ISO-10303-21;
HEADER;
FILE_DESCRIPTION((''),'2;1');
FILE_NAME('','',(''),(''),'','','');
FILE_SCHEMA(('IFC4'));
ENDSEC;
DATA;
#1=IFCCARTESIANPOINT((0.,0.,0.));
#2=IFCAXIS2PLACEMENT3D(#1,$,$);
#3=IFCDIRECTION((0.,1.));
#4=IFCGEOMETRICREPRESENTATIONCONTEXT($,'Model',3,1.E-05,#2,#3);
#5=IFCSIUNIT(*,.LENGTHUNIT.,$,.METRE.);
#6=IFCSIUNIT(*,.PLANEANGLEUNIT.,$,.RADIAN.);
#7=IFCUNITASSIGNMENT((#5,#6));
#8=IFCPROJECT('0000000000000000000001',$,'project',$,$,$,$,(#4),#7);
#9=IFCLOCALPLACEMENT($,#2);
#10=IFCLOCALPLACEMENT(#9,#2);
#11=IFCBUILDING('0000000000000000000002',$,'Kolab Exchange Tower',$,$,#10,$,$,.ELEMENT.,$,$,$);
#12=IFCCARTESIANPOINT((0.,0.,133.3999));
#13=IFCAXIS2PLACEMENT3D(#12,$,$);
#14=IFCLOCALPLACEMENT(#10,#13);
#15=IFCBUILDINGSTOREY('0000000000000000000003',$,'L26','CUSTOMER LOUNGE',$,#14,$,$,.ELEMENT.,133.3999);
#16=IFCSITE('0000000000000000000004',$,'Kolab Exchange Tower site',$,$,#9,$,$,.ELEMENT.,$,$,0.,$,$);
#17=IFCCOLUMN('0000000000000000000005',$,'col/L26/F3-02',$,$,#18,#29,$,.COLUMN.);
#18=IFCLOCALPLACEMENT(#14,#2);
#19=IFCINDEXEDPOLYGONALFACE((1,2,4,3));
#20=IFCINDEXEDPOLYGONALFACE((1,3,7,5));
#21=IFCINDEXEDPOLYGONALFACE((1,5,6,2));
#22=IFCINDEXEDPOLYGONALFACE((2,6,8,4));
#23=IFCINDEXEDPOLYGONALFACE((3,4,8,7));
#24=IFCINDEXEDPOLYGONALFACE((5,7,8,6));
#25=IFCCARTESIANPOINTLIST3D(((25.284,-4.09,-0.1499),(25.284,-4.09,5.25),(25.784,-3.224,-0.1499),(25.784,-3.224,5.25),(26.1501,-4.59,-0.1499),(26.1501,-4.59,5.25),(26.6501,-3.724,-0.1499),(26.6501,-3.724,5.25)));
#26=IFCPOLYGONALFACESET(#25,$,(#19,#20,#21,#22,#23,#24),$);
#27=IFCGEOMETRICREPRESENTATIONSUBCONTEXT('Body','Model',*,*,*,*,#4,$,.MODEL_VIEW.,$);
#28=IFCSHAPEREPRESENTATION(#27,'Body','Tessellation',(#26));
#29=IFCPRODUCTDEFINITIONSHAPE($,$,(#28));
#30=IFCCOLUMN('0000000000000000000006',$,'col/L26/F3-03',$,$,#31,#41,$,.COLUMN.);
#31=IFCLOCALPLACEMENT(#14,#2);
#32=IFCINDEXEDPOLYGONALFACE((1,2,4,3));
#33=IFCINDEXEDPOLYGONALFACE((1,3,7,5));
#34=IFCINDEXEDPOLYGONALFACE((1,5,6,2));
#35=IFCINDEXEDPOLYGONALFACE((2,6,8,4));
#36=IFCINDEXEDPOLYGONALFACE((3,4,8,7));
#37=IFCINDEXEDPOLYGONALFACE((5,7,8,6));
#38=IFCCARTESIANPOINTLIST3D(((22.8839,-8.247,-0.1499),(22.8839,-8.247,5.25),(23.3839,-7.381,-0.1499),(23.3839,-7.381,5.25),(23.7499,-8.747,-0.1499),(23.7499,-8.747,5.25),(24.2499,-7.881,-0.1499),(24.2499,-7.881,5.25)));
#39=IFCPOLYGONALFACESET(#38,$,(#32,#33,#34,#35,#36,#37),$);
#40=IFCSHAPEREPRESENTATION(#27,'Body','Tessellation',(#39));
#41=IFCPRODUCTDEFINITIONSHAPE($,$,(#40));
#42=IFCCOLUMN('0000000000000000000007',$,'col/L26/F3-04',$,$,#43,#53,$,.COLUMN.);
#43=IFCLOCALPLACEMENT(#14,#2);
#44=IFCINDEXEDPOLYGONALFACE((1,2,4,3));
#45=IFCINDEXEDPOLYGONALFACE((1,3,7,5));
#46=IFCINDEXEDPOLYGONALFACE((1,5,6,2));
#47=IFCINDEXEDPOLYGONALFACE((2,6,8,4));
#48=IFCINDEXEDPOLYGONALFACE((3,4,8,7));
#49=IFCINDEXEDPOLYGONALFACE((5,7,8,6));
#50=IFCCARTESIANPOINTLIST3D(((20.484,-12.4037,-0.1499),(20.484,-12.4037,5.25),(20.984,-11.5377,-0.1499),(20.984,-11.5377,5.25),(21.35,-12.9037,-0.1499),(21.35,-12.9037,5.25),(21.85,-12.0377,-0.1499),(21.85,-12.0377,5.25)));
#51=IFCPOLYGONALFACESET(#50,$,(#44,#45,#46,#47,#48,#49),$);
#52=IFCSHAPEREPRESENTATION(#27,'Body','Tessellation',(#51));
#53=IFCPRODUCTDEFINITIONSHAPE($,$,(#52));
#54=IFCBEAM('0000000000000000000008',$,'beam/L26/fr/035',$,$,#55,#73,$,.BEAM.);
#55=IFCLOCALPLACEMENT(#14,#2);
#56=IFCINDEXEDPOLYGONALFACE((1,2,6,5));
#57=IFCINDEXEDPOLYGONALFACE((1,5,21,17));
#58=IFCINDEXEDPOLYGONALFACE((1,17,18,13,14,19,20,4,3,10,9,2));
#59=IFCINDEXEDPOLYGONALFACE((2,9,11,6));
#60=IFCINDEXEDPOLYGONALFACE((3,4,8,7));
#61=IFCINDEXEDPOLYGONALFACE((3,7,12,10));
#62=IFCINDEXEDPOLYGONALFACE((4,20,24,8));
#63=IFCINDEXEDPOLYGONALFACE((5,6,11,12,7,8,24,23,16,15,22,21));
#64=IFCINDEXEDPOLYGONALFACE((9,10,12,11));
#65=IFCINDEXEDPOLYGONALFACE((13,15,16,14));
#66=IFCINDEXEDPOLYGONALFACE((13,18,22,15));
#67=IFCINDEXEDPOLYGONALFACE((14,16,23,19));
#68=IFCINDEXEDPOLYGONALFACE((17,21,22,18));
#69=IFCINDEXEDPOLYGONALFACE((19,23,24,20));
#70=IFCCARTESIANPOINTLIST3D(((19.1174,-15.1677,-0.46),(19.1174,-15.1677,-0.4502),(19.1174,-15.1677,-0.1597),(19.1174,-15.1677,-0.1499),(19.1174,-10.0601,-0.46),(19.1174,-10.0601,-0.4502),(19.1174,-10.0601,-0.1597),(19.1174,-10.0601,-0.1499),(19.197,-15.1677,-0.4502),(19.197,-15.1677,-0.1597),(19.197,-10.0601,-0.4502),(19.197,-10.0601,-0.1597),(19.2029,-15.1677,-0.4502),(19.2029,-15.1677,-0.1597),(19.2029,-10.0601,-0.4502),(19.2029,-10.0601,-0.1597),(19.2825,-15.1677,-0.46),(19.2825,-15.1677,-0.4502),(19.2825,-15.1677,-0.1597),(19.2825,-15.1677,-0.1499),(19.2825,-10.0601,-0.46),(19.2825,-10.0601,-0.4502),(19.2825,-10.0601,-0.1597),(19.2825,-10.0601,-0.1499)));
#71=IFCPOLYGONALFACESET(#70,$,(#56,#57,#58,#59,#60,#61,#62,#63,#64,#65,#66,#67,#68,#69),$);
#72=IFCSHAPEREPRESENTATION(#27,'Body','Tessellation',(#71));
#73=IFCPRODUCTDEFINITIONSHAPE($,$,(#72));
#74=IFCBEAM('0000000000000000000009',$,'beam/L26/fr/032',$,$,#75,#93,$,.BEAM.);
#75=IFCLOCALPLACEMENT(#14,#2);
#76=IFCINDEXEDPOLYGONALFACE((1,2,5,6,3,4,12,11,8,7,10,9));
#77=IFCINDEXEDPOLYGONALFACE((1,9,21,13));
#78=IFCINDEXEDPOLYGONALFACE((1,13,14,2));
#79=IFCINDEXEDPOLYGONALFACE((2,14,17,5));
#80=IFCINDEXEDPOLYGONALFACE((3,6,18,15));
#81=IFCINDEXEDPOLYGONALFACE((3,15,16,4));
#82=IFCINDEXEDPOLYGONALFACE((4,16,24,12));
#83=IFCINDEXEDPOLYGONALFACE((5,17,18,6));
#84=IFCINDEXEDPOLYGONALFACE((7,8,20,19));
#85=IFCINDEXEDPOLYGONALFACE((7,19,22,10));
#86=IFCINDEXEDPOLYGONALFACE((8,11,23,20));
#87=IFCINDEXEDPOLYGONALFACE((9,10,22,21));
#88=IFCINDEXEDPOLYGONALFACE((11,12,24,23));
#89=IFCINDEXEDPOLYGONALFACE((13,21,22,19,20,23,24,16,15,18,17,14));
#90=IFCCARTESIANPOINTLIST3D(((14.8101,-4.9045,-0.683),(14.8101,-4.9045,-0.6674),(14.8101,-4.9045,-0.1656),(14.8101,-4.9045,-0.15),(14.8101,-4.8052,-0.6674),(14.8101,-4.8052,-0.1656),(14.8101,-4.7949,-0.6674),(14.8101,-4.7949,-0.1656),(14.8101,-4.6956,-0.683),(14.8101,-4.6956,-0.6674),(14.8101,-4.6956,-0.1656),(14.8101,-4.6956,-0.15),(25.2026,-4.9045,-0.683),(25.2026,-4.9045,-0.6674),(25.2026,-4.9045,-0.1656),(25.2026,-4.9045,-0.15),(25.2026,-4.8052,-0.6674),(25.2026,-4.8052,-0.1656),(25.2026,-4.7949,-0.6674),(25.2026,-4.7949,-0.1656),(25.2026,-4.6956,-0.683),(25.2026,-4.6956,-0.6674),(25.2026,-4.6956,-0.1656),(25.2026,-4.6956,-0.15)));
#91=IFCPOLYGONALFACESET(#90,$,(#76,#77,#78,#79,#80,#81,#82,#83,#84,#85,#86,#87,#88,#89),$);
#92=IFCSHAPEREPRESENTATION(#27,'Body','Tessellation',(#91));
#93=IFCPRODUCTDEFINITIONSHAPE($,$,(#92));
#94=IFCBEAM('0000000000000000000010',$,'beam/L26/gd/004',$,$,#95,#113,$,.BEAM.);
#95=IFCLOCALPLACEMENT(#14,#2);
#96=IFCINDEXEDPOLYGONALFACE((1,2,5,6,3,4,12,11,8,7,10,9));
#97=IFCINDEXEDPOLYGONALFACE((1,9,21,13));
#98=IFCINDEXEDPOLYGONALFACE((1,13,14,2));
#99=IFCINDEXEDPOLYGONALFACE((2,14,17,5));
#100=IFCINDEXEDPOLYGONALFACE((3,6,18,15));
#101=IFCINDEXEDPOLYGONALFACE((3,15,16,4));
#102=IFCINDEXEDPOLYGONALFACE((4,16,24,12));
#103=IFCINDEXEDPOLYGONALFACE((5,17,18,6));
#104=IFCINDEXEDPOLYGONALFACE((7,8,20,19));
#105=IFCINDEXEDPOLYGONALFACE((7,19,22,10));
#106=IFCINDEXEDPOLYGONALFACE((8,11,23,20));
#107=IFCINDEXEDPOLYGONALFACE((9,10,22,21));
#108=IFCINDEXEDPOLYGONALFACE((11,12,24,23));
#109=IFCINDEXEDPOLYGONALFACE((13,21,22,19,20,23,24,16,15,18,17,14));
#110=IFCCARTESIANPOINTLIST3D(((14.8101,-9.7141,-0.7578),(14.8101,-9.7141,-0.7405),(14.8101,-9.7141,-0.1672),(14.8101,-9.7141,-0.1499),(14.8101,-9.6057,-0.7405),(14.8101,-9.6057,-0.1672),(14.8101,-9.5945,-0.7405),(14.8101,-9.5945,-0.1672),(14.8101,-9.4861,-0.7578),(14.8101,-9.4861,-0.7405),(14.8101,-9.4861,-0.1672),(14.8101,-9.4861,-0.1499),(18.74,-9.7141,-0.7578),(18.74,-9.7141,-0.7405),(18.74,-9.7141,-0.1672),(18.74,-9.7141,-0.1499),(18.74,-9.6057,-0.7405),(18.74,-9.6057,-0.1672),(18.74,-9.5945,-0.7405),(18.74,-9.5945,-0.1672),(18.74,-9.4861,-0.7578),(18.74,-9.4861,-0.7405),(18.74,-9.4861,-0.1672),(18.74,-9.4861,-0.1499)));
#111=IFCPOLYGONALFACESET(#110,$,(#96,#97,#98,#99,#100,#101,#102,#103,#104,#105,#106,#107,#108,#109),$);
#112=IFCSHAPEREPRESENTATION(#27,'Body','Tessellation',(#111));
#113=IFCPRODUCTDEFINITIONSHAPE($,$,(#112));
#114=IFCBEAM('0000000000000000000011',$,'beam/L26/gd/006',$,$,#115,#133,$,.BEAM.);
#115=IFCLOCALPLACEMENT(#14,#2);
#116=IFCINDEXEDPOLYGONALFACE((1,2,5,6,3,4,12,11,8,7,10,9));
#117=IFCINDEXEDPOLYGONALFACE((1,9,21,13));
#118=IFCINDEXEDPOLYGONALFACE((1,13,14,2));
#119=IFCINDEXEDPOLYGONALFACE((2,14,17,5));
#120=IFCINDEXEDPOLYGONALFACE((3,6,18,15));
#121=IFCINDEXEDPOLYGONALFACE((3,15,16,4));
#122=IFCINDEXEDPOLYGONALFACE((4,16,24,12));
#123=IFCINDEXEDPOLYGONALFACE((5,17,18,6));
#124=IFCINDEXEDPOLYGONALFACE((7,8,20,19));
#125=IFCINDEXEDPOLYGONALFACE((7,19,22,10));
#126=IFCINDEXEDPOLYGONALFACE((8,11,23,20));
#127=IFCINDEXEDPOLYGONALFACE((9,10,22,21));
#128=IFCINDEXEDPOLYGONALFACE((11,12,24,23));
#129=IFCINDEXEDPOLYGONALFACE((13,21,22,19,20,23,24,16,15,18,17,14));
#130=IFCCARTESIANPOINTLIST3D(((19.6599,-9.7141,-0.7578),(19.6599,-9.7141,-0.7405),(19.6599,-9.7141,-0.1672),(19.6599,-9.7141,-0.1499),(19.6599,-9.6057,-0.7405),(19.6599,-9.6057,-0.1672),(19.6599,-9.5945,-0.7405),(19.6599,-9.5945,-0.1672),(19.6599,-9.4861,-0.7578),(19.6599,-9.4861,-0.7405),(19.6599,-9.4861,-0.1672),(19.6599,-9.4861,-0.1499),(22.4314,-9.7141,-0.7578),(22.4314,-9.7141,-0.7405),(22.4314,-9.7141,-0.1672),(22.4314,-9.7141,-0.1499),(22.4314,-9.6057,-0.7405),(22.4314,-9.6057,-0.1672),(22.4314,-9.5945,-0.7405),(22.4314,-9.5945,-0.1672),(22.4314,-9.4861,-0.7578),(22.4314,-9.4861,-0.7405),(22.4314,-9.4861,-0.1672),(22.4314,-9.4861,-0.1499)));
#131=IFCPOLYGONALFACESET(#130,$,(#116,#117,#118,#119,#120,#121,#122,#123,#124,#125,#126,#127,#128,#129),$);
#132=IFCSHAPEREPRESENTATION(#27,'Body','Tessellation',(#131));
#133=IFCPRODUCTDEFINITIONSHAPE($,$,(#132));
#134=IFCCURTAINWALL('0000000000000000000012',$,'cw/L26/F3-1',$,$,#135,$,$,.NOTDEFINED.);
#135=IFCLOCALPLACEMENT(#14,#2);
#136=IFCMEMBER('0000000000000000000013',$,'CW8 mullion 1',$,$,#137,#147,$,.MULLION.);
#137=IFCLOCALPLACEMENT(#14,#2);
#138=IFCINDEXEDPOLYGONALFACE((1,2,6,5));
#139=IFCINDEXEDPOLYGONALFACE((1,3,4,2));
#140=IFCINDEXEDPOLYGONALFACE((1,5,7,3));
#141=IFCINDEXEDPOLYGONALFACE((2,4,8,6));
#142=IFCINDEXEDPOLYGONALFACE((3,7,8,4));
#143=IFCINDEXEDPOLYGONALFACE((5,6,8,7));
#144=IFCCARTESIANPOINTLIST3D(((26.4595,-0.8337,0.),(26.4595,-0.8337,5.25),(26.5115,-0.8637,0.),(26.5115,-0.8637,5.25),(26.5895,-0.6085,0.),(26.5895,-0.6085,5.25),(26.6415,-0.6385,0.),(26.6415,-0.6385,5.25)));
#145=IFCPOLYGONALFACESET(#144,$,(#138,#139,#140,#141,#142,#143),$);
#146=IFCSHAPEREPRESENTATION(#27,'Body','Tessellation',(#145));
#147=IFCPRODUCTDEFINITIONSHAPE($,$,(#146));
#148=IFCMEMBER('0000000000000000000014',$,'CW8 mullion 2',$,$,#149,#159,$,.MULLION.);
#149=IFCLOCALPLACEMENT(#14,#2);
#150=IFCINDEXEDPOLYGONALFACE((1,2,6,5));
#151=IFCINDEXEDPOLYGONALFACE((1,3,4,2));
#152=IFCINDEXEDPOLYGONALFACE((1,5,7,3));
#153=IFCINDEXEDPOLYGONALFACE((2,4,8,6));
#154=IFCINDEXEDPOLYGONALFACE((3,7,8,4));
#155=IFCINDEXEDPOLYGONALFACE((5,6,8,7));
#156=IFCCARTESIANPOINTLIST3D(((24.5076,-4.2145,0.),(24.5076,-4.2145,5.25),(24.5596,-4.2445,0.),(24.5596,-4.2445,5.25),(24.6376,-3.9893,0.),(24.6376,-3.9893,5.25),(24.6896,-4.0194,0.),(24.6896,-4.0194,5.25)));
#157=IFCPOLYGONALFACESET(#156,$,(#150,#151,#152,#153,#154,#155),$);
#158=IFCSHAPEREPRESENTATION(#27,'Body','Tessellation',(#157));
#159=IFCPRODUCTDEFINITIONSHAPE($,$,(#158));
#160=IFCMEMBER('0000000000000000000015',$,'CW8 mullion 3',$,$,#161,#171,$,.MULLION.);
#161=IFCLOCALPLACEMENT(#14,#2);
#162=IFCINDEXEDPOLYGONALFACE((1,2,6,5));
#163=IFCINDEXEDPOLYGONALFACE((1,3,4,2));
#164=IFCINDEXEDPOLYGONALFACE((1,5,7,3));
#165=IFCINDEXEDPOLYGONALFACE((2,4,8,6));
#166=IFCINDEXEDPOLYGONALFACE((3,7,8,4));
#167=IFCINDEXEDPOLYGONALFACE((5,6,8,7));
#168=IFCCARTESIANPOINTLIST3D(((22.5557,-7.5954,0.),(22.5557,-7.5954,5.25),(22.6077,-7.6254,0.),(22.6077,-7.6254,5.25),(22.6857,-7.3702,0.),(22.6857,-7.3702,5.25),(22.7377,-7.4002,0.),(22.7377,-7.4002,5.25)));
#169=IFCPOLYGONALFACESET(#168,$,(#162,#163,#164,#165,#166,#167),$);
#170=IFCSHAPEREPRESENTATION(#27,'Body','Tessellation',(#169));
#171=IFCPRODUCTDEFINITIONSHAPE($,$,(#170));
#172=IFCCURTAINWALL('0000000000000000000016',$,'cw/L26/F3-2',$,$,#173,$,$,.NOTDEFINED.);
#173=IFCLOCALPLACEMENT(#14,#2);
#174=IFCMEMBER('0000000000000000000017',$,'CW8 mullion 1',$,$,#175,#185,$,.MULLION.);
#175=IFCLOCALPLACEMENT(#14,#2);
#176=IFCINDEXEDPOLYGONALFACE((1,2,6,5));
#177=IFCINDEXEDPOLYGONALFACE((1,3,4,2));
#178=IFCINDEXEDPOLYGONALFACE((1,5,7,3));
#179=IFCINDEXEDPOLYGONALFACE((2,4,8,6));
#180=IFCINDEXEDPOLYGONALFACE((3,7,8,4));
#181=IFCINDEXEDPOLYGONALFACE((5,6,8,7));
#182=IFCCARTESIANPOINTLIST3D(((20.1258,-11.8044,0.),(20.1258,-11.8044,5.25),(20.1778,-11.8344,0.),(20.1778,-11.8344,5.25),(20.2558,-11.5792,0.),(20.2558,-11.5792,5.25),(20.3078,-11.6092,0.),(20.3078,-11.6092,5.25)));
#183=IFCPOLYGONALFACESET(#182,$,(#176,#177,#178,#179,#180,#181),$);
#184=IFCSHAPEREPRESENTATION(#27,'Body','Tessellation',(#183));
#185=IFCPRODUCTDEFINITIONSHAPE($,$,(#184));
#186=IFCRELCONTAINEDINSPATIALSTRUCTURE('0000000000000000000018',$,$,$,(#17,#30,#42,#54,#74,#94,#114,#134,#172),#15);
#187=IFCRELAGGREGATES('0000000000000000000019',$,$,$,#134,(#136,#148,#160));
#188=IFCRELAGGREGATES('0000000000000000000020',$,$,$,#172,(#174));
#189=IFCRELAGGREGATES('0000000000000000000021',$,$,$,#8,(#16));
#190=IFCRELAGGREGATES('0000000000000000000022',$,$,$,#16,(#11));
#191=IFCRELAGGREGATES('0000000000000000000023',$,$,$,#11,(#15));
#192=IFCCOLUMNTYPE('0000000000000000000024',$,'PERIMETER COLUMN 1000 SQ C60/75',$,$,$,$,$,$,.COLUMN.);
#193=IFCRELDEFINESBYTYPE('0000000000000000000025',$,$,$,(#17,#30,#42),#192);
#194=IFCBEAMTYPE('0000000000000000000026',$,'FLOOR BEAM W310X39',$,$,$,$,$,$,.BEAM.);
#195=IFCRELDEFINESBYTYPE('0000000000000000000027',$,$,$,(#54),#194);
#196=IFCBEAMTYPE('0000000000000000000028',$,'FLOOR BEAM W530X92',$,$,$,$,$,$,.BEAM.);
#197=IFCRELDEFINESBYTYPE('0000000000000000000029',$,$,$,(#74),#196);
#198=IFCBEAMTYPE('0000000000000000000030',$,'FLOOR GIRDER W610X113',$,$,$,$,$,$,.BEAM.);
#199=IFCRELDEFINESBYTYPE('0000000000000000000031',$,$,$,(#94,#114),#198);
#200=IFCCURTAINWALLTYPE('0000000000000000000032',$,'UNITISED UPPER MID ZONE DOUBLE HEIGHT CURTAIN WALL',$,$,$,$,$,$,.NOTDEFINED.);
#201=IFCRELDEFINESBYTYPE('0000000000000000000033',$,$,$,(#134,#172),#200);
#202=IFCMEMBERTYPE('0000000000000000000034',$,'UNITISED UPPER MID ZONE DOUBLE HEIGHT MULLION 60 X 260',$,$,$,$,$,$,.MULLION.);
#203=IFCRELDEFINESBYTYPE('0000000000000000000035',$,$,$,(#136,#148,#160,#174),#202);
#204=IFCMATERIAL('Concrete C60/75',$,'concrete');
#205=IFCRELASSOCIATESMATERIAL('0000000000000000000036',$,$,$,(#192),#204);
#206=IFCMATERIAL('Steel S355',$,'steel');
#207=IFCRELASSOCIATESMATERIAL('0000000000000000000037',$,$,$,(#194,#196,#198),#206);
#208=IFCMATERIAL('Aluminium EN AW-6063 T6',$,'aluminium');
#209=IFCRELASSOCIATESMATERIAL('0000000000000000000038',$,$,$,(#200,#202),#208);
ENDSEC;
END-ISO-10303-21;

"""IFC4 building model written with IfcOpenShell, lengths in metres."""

from ifc_helpers import new_model, si_unit, direction, frame, origin, origin_2d, place, context, subcontext, project, spatial, rectangle, i_section, extrude, material, material_profile, profile_set, type_object, element, aggregate, save


model = new_model("IFC4")

# Units and contexts
model_context = context("Model", 3, precision=1e-05, world=origin(), true_north=direction((0.0, 1.0)))
body_context = subcontext(model_context, "Body", "Model", "MODEL_VIEW")
ifc_project = project(units=[si_unit("LENGTHUNIT", "METRE"), si_unit("PLANEANGLEUNIT", "RADIAN")], contexts=[model_context])

# Site, building, storey
site_placement = place(None, origin())
site = spatial("IfcSite", under=ifc_project, at=site_placement, Name="Kolab Exchange Tower site", CompositionType="ELEMENT", RefElevation=0.0)
building_placement = place(site_placement, origin())
building = spatial("IfcBuilding", under=site, at=building_placement, Name="Kolab Exchange Tower", CompositionType="ELEMENT")
storey_placement = place(building_placement, frame((0.0, 0.0, 133.3999)))
storey = spatial("IfcBuildingStorey", under=building, at=storey_placement, Name="L26", Description="CUSTOMER LOUNGE", CompositionType="ELEMENT", Elevation=133.3999)

# Columns
ifc_material_1 = material(Name="Concrete C60/75", Category="concrete")
ifc_material_profile_1 = material_profile(ifc_material_1, rectangle(XDim=1.0, YDim=1.0, at=origin_2d()), Name="RC1000")
ifc_profile_set_1 = profile_set([ifc_material_profile_1], Name="Concrete C60/75")
column_type = type_object("IfcColumnType", Name="PERIMETER COLUMN 1000 SQ C60/75", PredefinedType="COLUMN", material=ifc_profile_set_1)
for number, where, z_axis, x_axis, name in (
    (1, (25.967, -3.907, -0.1499), (0.0, 0.0, 1.0), (0.5, 0.866025, 0.0), "col/L26/F3-02"),
    (2, (23.5669, -8.064, -0.1499), (0.0, 0.0, 1.0), (0.5, 0.866025, 0.0), "col/L26/F3-03"),
    (3, (21.167, -12.2207, -0.1499), (0.0, 0.0, 1.0), (0.5, 0.866025, 0.0), "col/L26/F3-04"),
):
    element("IfcColumn", number, at=place(storey_placement, frame(where, z_axis=z_axis, x_axis=x_axis)), inside=storey, type_object=column_type, Name=name, PredefinedType="COLUMN", context=body_context, shape_type="SweptSolid", body=[
        extrude(rectangle(XDim=1.0, YDim=1.0, at=origin_2d()), origin(), (0.0, 0.0, 1.0), 5.3999),
    ])

# Beams
ifc_material_2 = material(Name="Steel S355", Category="steel")
ifc_material_profile_2 = material_profile(ifc_material_2, i_section(OverallWidth=0.165, OverallDepth=0.3101, WebThickness=0.0059, FlangeThickness=0.0098, at=origin_2d()), Name="W310X39")
ifc_profile_set_2 = profile_set([ifc_material_profile_2], Name="Steel S355")
beam_type_1 = type_object("IfcBeamType", Name="FLOOR BEAM W310X39", PredefinedType="BEAM", material=ifc_profile_set_2)
beam_1_placement = place(storey_placement, frame((19.2, -15.1677, -0.3049), z_axis=(0.0, 1.0, 0.0), x_axis=(-1.0, 0.0, 0.0)))
element("IfcBeam", 4, at=beam_1_placement, inside=storey, type_object=beam_type_1, Name="beam/L26/fr/035", PredefinedType="BEAM", context=body_context, shape_type="SweptSolid", body=[
    extrude(i_section(OverallWidth=0.165, OverallDepth=0.3101, WebThickness=0.0059, FlangeThickness=0.0098, at=origin_2d()), origin(), (0.0, 0.0, 1.0), 5.1077),
])
ifc_material_profile_3 = material_profile(ifc_material_2, i_section(OverallWidth=0.209, OverallDepth=0.533, WebThickness=0.0103, FlangeThickness=0.0156, at=origin_2d()), Name="W530X92")
ifc_profile_set_3 = profile_set([ifc_material_profile_3], Name="Steel S355")
beam_type_2 = type_object("IfcBeamType", Name="FLOOR BEAM W530X92", PredefinedType="BEAM", material=ifc_profile_set_3)
beam_2_placement = place(storey_placement, frame((14.8101, -4.8, -0.4165), z_axis=(1.0, 0.0, 0.0), x_axis=(0.0, 1.0, 0.0)))
element("IfcBeam", 5, at=beam_2_placement, inside=storey, type_object=beam_type_2, Name="beam/L26/fr/032", PredefinedType="BEAM", context=body_context, shape_type="SweptSolid", body=[
    extrude(i_section(OverallWidth=0.209, OverallDepth=0.533, WebThickness=0.0103, FlangeThickness=0.0156, at=origin_2d()), origin(), (0.0, 0.0, 1.0), 10.3926),
])
ifc_material_profile_4 = material_profile(ifc_material_2, i_section(OverallWidth=0.228, OverallDepth=0.6079, WebThickness=0.0112, FlangeThickness=0.0173, at=origin_2d()), Name="W610X113")
ifc_profile_set_4 = profile_set([ifc_material_profile_4], Name="Steel S355")
beam_type_3 = type_object("IfcBeamType", Name="FLOOR GIRDER W610X113", PredefinedType="BEAM", material=ifc_profile_set_4)
beam_3_placement = place(storey_placement, frame((14.8101, -9.6001, -0.4539), z_axis=(1.0, 0.0, 0.0), x_axis=(0.0, 1.0, 0.0)))
element("IfcBeam", 6, at=beam_3_placement, inside=storey, type_object=beam_type_3, Name="beam/L26/gd/004", PredefinedType="BEAM", context=body_context, shape_type="SweptSolid", body=[
    extrude(i_section(OverallWidth=0.228, OverallDepth=0.6079, WebThickness=0.0112, FlangeThickness=0.0173, at=origin_2d()), origin(), (0.0, 0.0, 1.0), 3.9299),
])
beam_4_placement = place(storey_placement, frame((19.6599, -9.6001, -0.4539), z_axis=(1.0, 0.0, 0.0), x_axis=(0.0, 1.0, 0.0)))
element("IfcBeam", 7, at=beam_4_placement, inside=storey, type_object=beam_type_3, Name="beam/L26/gd/006", PredefinedType="BEAM", context=body_context, shape_type="SweptSolid", body=[
    extrude(i_section(OverallWidth=0.228, OverallDepth=0.6079, WebThickness=0.0112, FlangeThickness=0.0173, at=origin_2d()), origin(), (0.0, 0.0, 1.0), 2.7715),
])

# Curtain walls, members
ifc_material_3 = material(Name="Aluminium EN AW-6063 T6", Category="aluminium")
curtain_wall_type = type_object("IfcCurtainWallType", Name="UNITISED UPPER MID ZONE DOUBLE HEIGHT CURTAIN WALL", PredefinedType="NOTDEFINED", material=ifc_material_3)
curtain_wall_1_placement = place(storey_placement, origin())
curtain_wall_1 = element("IfcCurtainWall", 8, at=curtain_wall_1_placement, inside=storey, type_object=curtain_wall_type, Name="cw/L26/F3-1", PredefinedType="NOTDEFINED")
ifc_material_profile_5 = material_profile(ifc_material_3, rectangle(XDim=0.0601, YDim=0.26, at=origin_2d()), Name="RECT 60X260")
ifc_profile_set_5 = profile_set([ifc_material_profile_5], Name="Aluminium EN AW-6063 T6")
member_type_1 = type_object("IfcMemberType", Name="UNITISED UPPER MID ZONE DOUBLE HEIGHT MULLION 60 X 260", PredefinedType="MULLION", material=ifc_profile_set_5)
member_1_placement = place(storey_placement, frame((26.5505, -0.7361, 0.0), z_axis=(0.0, 0.0, 1.0), x_axis=(0.866025, -0.5, 0.0)))
member_1 = element("IfcMember", 9, at=member_1_placement, type_object=member_type_1, Name="CW8 mullion 1", PredefinedType="MULLION", context=body_context, shape_type="SweptSolid", body=[
    extrude(rectangle(XDim=0.0601, YDim=0.26, at=origin_2d()), origin(), (0.0, 0.0, 1.0), 5.25),
])
member_2_placement = place(storey_placement, frame((24.5986, -4.1169, 0.0), z_axis=(0.0, 0.0, 1.0), x_axis=(0.866025, -0.5, 0.0)))
member_2 = element("IfcMember", 10, at=member_2_placement, type_object=member_type_1, Name="CW8 mullion 2", PredefinedType="MULLION", context=body_context, shape_type="SweptSolid", body=[
    extrude(rectangle(XDim=0.0601, YDim=0.26, at=origin_2d()), origin(), (0.0, 0.0, 1.0), 5.25),
])
member_3_placement = place(storey_placement, frame((22.6467, -7.4978, 0.0), z_axis=(0.0, 0.0, 1.0), x_axis=(0.866025, -0.5, 0.0)))
member_3 = element("IfcMember", 11, at=member_3_placement, type_object=member_type_1, Name="CW8 mullion 3", PredefinedType="MULLION", context=body_context, shape_type="SweptSolid", body=[
    extrude(rectangle(XDim=0.0601, YDim=0.26, at=origin_2d()), origin(), (0.0, 0.0, 1.0), 5.25),
])
curtain_wall_2_placement = place(storey_placement, origin())
curtain_wall_2 = element("IfcCurtainWall", 12, at=curtain_wall_2_placement, inside=storey, type_object=curtain_wall_type, Name="cw/L26/F3-2", PredefinedType="NOTDEFINED")
member_4_placement = place(storey_placement, frame((20.2168, -11.7068, 0.0), z_axis=(0.0, 0.0, 1.0), x_axis=(0.866025, -0.5, 0.0)))
member_4 = element("IfcMember", 13, at=member_4_placement, type_object=member_type_1, Name="CW8 mullion 1", PredefinedType="MULLION", context=body_context, shape_type="SweptSolid", body=[
    extrude(rectangle(XDim=0.0601, YDim=0.26, at=origin_2d()), origin(), (0.0, 0.0, 1.0), 5.25),
])

aggregate(curtain_wall_1, [member_1, member_2, member_3])
aggregate(curtain_wall_2, [member_4])

save(model, "model.ifc")
